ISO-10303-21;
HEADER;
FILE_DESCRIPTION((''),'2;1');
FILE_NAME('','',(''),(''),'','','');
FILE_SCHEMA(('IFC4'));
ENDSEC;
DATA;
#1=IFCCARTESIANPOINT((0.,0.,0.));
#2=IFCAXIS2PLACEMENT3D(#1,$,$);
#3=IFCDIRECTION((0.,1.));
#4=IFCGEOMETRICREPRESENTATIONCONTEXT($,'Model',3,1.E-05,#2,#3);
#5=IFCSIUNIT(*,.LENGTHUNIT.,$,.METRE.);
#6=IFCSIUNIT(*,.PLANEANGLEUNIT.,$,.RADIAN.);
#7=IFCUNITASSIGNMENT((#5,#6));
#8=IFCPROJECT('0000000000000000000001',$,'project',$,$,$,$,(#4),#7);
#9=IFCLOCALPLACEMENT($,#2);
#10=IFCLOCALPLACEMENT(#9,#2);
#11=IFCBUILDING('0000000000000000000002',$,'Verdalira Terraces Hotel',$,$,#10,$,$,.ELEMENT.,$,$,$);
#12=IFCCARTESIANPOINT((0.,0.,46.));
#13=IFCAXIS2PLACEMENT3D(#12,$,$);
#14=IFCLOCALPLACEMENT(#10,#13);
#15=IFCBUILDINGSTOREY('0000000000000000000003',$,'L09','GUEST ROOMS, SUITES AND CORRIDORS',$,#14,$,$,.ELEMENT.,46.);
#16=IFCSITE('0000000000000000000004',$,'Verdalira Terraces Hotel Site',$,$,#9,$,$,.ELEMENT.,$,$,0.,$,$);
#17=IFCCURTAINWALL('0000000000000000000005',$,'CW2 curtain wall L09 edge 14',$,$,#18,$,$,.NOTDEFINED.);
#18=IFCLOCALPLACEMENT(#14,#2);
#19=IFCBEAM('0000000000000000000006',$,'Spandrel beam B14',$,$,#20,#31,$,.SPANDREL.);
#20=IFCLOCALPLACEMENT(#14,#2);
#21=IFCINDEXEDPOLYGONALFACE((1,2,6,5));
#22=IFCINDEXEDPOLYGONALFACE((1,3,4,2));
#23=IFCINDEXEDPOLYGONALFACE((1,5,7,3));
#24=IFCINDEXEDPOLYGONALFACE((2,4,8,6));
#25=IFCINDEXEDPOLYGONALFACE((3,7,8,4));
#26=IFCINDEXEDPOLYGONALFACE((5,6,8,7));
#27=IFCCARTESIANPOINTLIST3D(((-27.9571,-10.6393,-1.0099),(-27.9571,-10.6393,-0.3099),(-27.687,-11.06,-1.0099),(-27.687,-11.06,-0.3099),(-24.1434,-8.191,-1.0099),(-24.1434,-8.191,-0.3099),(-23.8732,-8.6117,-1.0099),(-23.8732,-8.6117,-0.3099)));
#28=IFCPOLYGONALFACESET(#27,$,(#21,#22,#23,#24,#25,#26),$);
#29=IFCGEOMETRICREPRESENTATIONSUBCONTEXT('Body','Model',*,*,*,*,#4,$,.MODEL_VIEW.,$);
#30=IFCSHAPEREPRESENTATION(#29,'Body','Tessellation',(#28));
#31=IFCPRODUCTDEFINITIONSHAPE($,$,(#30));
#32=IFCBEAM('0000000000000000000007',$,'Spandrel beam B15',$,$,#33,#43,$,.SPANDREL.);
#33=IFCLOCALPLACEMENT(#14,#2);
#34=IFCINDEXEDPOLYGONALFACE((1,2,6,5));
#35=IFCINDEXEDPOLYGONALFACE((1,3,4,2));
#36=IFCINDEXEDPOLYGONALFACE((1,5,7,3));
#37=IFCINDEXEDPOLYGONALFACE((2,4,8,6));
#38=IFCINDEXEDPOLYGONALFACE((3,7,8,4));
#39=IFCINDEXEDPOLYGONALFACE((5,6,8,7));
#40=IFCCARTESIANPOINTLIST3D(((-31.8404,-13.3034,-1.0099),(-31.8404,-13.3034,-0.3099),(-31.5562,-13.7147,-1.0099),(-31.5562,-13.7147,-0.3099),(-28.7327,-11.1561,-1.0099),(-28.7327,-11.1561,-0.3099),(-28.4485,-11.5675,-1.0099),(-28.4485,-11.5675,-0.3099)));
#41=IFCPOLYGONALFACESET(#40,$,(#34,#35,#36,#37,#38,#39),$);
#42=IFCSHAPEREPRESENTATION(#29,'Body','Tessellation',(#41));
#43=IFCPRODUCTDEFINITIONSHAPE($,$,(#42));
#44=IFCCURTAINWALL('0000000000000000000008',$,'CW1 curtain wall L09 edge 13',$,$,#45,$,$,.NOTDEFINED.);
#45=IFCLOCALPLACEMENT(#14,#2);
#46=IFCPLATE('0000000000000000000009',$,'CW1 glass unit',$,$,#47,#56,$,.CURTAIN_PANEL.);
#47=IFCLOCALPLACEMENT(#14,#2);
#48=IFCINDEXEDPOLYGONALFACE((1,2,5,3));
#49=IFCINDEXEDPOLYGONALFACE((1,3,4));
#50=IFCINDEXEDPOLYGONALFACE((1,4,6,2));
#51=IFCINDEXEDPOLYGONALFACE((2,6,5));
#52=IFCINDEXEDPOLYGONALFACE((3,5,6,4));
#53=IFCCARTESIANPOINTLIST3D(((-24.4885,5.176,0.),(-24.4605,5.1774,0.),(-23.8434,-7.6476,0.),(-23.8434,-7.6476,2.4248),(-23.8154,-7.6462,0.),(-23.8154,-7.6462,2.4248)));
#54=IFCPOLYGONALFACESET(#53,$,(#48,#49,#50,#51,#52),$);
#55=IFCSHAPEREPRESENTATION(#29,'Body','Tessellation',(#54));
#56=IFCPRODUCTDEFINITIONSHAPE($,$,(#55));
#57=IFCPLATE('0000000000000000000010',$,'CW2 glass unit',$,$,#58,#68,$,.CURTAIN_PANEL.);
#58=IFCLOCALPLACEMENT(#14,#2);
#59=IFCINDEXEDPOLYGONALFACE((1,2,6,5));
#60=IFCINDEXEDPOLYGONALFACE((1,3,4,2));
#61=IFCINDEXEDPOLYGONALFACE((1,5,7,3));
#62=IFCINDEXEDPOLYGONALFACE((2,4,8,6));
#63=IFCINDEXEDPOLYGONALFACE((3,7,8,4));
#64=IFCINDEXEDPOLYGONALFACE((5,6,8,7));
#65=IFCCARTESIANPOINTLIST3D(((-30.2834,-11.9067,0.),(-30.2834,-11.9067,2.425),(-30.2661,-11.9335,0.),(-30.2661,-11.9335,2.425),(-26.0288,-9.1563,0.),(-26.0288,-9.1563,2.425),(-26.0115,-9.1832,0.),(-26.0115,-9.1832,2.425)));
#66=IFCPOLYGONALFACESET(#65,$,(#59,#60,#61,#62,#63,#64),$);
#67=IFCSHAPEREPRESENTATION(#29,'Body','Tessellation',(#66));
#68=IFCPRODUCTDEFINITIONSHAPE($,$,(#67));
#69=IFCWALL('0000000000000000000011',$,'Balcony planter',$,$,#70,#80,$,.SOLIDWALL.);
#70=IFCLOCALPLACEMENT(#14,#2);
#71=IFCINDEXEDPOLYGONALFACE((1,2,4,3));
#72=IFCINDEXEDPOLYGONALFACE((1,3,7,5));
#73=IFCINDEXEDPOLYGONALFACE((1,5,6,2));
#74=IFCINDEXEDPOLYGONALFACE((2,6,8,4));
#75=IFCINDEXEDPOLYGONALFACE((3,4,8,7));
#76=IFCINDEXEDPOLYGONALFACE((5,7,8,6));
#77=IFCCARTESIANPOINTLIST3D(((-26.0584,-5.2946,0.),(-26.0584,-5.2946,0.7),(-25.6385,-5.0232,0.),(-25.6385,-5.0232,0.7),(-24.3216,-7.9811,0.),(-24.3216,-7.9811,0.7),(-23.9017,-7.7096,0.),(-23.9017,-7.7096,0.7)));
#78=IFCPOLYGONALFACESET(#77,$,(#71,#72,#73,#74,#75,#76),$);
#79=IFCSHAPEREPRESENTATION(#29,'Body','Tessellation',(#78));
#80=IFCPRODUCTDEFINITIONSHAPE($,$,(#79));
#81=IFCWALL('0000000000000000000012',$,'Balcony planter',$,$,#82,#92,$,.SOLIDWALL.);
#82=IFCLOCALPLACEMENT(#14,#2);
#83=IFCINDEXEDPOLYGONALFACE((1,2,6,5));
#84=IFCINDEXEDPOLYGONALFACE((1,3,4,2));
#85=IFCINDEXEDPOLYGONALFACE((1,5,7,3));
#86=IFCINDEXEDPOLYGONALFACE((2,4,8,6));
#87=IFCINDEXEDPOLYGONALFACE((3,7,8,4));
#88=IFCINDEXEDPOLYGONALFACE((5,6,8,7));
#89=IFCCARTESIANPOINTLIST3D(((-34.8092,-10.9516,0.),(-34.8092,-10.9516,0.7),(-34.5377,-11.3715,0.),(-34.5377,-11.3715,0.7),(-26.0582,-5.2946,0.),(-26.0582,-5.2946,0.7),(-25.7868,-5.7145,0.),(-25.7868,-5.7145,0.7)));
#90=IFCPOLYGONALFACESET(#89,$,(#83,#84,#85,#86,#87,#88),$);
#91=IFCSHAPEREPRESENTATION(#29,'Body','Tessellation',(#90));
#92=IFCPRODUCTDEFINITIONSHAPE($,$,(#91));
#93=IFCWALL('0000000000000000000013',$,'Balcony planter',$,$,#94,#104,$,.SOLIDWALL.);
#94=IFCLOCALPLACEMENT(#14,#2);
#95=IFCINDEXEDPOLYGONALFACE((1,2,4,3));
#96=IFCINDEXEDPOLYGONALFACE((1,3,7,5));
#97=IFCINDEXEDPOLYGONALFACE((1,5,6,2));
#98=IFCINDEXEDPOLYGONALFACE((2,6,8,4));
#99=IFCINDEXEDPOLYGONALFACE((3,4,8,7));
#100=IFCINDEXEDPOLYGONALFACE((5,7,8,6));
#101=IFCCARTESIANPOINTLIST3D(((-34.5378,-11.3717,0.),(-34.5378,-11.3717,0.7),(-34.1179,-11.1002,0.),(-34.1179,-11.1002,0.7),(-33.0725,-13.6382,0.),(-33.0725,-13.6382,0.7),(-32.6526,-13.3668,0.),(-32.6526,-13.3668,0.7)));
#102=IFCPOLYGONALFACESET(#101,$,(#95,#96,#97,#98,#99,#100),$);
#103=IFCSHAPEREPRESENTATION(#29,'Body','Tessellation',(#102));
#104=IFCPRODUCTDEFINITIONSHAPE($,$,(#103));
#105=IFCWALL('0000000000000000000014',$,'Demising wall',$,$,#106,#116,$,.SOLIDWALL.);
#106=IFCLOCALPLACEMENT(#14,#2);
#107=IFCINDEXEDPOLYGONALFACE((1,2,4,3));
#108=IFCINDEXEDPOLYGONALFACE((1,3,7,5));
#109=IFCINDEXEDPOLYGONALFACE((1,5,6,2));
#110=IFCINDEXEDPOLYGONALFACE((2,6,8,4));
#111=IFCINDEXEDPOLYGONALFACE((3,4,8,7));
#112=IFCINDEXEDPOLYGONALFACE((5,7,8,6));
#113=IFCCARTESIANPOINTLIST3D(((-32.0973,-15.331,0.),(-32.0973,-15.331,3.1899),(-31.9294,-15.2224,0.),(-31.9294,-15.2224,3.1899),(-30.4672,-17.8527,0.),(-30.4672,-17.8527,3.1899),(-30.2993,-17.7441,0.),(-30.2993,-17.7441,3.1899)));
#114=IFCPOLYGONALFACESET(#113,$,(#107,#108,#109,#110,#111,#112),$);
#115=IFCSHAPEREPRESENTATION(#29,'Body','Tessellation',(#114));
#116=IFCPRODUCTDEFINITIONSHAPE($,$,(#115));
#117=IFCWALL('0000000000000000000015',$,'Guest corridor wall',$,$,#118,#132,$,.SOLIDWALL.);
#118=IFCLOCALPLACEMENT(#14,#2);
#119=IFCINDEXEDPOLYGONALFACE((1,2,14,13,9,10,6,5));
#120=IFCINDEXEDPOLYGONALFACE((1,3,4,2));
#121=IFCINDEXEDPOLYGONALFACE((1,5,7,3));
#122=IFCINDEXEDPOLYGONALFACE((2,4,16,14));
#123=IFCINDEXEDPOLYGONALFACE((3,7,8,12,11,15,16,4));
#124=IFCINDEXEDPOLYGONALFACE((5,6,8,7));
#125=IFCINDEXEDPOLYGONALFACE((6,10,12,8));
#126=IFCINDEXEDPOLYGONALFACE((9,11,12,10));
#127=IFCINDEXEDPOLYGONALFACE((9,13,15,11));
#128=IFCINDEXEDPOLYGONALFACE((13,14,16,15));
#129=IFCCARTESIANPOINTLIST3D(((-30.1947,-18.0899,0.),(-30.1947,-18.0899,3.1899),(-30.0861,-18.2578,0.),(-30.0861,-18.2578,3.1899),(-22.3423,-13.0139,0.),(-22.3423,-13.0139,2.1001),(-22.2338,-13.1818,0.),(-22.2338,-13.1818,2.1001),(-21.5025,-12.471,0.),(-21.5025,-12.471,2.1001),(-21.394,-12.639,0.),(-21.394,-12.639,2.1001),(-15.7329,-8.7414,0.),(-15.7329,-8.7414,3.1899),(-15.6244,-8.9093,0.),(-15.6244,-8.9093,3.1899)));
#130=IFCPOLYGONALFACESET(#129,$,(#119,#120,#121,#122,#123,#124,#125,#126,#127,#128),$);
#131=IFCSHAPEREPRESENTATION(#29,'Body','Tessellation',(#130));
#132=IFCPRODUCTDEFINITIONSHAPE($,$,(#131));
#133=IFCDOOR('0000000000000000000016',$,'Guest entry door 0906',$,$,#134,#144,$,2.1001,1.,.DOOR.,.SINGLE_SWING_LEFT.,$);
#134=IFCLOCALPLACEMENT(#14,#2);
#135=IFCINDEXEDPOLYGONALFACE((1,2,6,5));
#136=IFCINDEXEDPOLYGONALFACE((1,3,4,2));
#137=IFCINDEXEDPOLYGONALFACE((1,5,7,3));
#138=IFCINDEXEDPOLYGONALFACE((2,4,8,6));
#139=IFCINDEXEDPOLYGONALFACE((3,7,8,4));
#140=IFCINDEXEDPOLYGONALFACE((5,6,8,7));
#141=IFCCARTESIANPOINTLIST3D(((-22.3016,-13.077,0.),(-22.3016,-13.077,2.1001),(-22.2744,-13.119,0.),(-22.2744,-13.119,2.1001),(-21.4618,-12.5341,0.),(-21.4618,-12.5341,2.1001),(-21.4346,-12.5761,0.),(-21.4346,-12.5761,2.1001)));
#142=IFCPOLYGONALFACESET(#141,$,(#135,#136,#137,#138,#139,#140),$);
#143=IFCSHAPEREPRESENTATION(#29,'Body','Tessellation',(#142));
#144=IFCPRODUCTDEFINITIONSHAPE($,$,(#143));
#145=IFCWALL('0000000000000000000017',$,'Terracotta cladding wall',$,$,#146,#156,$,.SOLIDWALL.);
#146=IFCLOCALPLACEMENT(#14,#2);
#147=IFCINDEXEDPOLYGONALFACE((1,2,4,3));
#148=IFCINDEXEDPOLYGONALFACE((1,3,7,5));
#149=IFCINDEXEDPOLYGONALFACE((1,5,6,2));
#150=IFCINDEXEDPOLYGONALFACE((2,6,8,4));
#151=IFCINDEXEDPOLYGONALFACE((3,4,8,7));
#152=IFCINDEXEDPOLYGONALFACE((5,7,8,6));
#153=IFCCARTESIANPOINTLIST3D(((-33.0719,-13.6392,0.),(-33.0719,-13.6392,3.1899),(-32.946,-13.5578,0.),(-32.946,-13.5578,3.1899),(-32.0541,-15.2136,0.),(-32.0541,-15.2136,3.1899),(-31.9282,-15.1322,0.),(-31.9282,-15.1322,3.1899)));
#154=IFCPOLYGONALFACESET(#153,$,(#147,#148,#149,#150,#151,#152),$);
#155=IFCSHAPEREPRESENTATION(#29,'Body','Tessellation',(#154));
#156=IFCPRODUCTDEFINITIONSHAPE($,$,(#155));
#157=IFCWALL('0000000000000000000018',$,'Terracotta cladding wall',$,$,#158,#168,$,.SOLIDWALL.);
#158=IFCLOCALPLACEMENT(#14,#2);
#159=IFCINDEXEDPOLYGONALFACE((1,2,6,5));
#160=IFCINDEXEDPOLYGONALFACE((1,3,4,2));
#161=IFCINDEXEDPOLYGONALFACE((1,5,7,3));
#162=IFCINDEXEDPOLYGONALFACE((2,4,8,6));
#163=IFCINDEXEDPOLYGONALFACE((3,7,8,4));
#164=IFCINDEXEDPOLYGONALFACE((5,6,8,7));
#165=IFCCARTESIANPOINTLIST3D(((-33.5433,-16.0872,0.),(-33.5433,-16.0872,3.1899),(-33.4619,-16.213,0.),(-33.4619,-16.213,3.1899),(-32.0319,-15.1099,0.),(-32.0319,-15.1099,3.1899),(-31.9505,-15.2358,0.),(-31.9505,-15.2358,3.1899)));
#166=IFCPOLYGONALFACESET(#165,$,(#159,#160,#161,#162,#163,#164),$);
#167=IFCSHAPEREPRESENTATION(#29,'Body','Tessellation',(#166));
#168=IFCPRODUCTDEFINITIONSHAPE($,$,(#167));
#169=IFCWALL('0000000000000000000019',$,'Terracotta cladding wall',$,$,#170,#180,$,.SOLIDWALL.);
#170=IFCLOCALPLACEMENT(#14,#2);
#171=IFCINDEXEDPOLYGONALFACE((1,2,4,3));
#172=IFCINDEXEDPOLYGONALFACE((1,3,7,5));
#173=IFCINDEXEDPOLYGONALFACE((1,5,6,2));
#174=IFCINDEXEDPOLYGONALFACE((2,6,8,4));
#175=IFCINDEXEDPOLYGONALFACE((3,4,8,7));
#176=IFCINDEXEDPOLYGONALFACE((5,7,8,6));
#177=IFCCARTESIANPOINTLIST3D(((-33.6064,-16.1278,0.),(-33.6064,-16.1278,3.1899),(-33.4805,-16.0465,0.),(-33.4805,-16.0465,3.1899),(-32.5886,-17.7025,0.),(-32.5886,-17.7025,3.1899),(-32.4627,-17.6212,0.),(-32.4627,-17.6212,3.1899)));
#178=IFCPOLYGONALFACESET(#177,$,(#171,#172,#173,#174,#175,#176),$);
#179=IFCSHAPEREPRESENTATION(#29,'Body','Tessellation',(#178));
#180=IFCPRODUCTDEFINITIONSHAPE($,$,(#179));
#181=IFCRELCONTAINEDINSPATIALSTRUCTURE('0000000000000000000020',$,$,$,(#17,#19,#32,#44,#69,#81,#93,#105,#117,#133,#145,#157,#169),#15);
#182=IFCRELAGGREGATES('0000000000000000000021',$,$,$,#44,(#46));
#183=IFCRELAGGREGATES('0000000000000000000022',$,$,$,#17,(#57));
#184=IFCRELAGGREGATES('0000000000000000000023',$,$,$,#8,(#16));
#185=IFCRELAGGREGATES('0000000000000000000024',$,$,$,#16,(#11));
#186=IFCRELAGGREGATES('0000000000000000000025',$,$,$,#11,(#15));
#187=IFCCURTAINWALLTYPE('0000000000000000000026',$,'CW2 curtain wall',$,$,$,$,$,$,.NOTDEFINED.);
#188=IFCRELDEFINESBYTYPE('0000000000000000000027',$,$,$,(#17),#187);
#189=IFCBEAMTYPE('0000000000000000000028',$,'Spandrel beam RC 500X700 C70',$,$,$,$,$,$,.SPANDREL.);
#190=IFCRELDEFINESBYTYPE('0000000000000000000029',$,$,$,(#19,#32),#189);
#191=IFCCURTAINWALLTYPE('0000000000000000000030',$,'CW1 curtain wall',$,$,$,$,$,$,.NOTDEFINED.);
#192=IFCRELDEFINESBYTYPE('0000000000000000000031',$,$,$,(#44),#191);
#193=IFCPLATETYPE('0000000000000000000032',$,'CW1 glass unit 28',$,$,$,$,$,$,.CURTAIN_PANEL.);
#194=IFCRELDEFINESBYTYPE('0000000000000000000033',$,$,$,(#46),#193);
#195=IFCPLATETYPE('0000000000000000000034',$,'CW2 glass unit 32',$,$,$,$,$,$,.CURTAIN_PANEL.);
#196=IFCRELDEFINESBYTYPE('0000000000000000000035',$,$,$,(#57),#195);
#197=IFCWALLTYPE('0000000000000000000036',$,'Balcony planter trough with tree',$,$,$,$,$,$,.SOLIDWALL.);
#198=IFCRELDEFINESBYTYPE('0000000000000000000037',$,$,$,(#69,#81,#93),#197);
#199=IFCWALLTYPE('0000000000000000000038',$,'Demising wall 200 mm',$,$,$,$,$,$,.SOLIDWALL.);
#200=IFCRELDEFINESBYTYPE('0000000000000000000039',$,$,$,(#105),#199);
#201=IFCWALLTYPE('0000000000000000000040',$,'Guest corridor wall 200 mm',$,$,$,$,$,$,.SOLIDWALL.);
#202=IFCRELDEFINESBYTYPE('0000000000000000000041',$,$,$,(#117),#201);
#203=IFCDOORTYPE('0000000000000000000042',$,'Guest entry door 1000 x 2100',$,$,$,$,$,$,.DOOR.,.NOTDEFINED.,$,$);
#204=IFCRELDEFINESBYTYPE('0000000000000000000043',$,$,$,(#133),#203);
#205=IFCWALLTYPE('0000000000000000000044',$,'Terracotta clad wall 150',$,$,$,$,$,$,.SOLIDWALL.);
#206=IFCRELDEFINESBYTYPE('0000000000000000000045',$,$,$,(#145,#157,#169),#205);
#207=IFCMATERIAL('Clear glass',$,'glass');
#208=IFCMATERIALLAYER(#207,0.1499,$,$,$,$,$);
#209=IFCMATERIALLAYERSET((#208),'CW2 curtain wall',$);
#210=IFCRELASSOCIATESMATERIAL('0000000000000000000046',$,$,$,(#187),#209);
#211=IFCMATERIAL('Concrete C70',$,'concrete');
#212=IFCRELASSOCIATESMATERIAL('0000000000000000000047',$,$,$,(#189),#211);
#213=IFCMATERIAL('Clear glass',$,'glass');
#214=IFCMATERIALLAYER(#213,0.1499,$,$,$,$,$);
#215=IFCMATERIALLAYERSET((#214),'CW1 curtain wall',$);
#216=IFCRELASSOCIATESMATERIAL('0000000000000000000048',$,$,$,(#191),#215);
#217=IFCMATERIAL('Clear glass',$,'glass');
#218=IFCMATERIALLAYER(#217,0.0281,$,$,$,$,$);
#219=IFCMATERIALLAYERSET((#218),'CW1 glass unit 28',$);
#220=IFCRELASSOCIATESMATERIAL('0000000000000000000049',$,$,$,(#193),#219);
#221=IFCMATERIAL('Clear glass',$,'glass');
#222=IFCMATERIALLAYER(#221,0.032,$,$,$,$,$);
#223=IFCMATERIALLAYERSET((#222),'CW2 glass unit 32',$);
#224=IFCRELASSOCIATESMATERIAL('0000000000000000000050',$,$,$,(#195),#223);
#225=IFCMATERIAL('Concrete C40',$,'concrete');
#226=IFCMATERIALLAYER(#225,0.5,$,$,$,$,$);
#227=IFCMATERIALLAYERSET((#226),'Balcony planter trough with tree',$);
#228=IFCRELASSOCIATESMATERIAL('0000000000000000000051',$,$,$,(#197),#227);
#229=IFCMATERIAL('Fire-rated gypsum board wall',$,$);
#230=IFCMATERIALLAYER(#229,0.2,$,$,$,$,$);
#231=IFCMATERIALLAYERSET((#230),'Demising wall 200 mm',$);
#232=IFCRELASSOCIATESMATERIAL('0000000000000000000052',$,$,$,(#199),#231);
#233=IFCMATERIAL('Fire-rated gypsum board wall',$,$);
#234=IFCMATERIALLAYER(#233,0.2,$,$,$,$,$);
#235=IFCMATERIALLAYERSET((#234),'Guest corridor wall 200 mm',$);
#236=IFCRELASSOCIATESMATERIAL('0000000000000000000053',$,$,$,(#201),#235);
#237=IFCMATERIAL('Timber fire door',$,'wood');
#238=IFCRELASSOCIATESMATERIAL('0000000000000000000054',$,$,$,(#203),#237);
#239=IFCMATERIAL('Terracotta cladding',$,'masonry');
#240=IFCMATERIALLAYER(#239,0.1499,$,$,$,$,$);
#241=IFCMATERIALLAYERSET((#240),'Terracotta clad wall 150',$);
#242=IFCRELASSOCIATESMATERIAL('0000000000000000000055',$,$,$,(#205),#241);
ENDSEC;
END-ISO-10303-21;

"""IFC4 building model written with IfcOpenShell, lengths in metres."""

from ifc_helpers import new_model, si_unit, direction, frame, frame_2d, origin, origin_2d, place, context, subcontext, project, spatial, polyline, rectangle, outline, extrude, material, layer, layer_set, material_profile, profile_set, type_object, element, fill, aggregate, save


model = new_model("IFC4")

# Units and contexts
model_context = context("Model", 3, precision=1e-05, world=origin(), true_north=direction((0.0, 1.0)))
body_context = subcontext(model_context, "Body", "Model", "MODEL_VIEW")
ifc_project = project(units=[si_unit("LENGTHUNIT", "METRE"), si_unit("PLANEANGLEUNIT", "RADIAN")], contexts=[model_context])

# Site, building, storey
site_placement = place(None, origin())
site = spatial("IfcSite", under=ifc_project, at=site_placement, Name="Verdalira Terraces Hotel Site", CompositionType="ELEMENT", RefElevation=0.0)
building_placement = place(site_placement, origin())
building = spatial("IfcBuilding", under=site, at=building_placement, Name="Verdalira Terraces Hotel", CompositionType="ELEMENT")
storey_placement = place(building_placement, frame((0.0, 0.0, 46.0)))
storey = spatial("IfcBuildingStorey", under=building, at=storey_placement, Name="L09", Description="GUEST ROOMS, SUITES AND CORRIDORS", CompositionType="ELEMENT", Elevation=46.0)

# Curtain wall
ifc_material_1 = material(Name="Clear glass", Category="glass")
ifc_layer_1 = layer(ifc_material_1, 0.1499)
ifc_layer_set_1 = layer_set([ifc_layer_1], Name="CW2 curtain wall")
curtain_wall_type_1 = type_object("IfcCurtainWallType", Name="CW2 curtain wall", PredefinedType="NOTDEFINED", material=ifc_layer_set_1)
curtain_wall_1_placement = place(storey_placement, origin())
curtain_wall_1 = element("IfcCurtainWall", 1, at=curtain_wall_1_placement, inside=storey, type_object=curtain_wall_type_1, Name="CW2 curtain wall L09 edge 14", PredefinedType="NOTDEFINED")

# Beams
ifc_material_2 = material(Name="Concrete C70", Category="concrete")
ifc_material_profile_1 = material_profile(ifc_material_2, rectangle(XDim=0.5, YDim=0.7, at=origin_2d()), Name="RC 500X700")
ifc_profile_set_1 = profile_set([ifc_material_profile_1], Name="Concrete C70")
beam_type_1 = type_object("IfcBeamType", Name="Spandrel beam RC 500X700 C70", PredefinedType="SPANDREL", material=ifc_profile_set_1)
beam_1_placement = place(storey_placement, frame((-24.0083, -8.4014, -0.6599), z_axis=(-0.841523, -0.540221, 0.0), x_axis=(0.540221, -0.841523, 0.0)))
element("IfcBeam", 2, at=beam_1_placement, inside=storey, type_object=beam_type_1, Name="Spandrel beam B14", PredefinedType="SPANDREL", context=body_context, shape_type="SweptSolid", body=[
    extrude(rectangle(XDim=0.5, YDim=0.7, at=origin_2d()), origin(), (0.0, 0.0, 1.0), 4.532),
])
beam_2_placement = place(storey_placement, frame((-28.5906, -11.3618, -0.6599), z_axis=(-0.822718, -0.56845, 0.0), x_axis=(0.56845, -0.822718, 0.0)))
element("IfcBeam", 3, at=beam_2_placement, inside=storey, type_object=beam_type_1, Name="Spandrel beam B15", PredefinedType="SPANDREL", context=body_context, shape_type="SweptSolid", body=[
    extrude(rectangle(XDim=0.5, YDim=0.7, at=origin_2d()), origin(), (0.0, 0.0, 1.0), 3.7773),
])

# Curtain wall, plate
ifc_material_3 = material(Name="Clear glass", Category="glass")
ifc_layer_2 = layer(ifc_material_3, 0.1499)
ifc_layer_set_2 = layer_set([ifc_layer_2], Name="CW1 curtain wall")
curtain_wall_type_2 = type_object("IfcCurtainWallType", Name="CW1 curtain wall", PredefinedType="NOTDEFINED", material=ifc_layer_set_2)
curtain_wall_2_placement = place(storey_placement, origin())
curtain_wall_2 = element("IfcCurtainWall", 4, at=curtain_wall_2_placement, inside=storey, type_object=curtain_wall_type_2, Name="CW1 curtain wall L09 edge 13", PredefinedType="NOTDEFINED")
ifc_material_4 = material(Name="Clear glass", Category="glass")
ifc_layer_3 = layer(ifc_material_4, 0.0281)
ifc_layer_set_3 = layer_set([ifc_layer_3], Name="CW1 glass unit 28")
plate_type_1 = type_object("IfcPlateType", Name="CW1 glass unit 28", PredefinedType="CURTAIN_PANEL", material=ifc_layer_set_3)
plate_1_placement = place(storey_placement, frame((-24.1379, -1.2344, 1.2124), z_axis=(-0.998737, -0.050244, 0.0), x_axis=(0.050244, -0.998737, 0.0)))
plate_1 = element("IfcPlate", 5, at=plate_1_placement, type_object=plate_type_1, Name="CW1 glass unit", PredefinedType="CURTAIN_PANEL", context=body_context, shape_type="SweptSolid", body=[
    extrude(outline(polyline([(-6.4199, -1.2124), (6.4199, -1.2124), (6.4199, 1.2124), (-6.4199, -1.2124)])), origin(), (0.0, 0.0, 1.0), 0.0281),
])
aggregate(curtain_wall_2, [plate_1])

# Plate
ifc_material_5 = material(Name="Clear glass", Category="glass")
ifc_layer_4 = layer(ifc_material_5, 0.032)
ifc_layer_set_4 = layer_set([ifc_layer_4], Name="CW2 glass unit 32")
plate_type_2 = type_object("IfcPlateType", Name="CW2 glass unit 32", PredefinedType="CURTAIN_PANEL", material=ifc_layer_set_4)
plate_2_placement = place(storey_placement, frame((-28.1475, -10.5449, 0.0), z_axis=(0.0, 0.0, 1.0), x_axis=(-0.839809, -0.542881, 0.0)))
plate_2 = element("IfcPlate", 6, at=plate_2_placement, type_object=plate_type_2, Name="CW2 glass unit", PredefinedType="CURTAIN_PANEL", context=body_context, shape_type="SweptSolid", body=[
    extrude(rectangle(XDim=5.0662, YDim=0.032, at=origin_2d()), origin(), (0.0, 0.0, 1.0), 2.425),
])
aggregate(curtain_wall_1, [plate_2])

# Walls
ifc_material_6 = material(Name="Concrete C40", Category="concrete")
ifc_layer_5 = layer(ifc_material_6, 0.5)
ifc_layer_set_5 = layer_set([ifc_layer_5], Name="Balcony planter trough with tree")
wall_type_1 = type_object("IfcWallType", Name="Balcony planter trough with tree", PredefinedType="SOLIDWALL", material=ifc_layer_set_5)
wall_1_placement = place(storey_placement, frame((-24.1116, -7.8455, 0.0), z_axis=(0.0, 0.0, 1.0), x_axis=(-0.542916, 0.839787, 0.0)))
element("IfcWall", 7, at=wall_1_placement, inside=storey, type_object=wall_type_1, Name="Balcony planter", PredefinedType="SOLIDWALL", context=body_context, shape_type="SweptSolid", body=[
    extrude(rectangle(XDim=3.199, YDim=0.5, at=frame_2d((1.5996, 0.0))), origin(), (0.0, 0.0, 1.0), 0.7),
])
wall_2_placement = place(storey_placement, frame((-25.9226, -5.5046, 0.0), z_axis=(0.0, 0.0, 1.0), x_axis=(-0.839807, -0.542885, 0.0)))
element("IfcWall", 8, at=wall_2_placement, inside=storey, type_object=wall_type_1, Name="Balcony planter", PredefinedType="SOLIDWALL", context=body_context, shape_type="SweptSolid", body=[
    extrude(rectangle(XDim=10.4202, YDim=0.5, at=frame_2d((5.21, 0.0))), origin(), (0.0, 0.0, 1.0), 0.7),
])
wall_3_placement = place(storey_placement, frame((-34.3279, -11.2358, 0.0), z_axis=(0.0, 0.0, 1.0), x_axis=(0.542914, -0.839789, 0.0)))
element("IfcWall", 9, at=wall_3_placement, inside=storey, type_object=wall_type_1, Name="Balcony planter", PredefinedType="SOLIDWALL", context=body_context, shape_type="SweptSolid", body=[
    extrude(rectangle(XDim=2.699, YDim=0.5, at=frame_2d((1.3496, 0.0))), origin(), (0.0, 0.0, 1.0), 0.7),
])
ifc_material_7 = material(Name="Fire-rated gypsum board wall")
ifc_layer_6 = layer(ifc_material_7, 0.2)
ifc_layer_set_6 = layer_set([ifc_layer_6], Name="Demising wall 200 mm")
wall_type_2 = type_object("IfcWallType", Name="Demising wall 200 mm", PredefinedType="SOLIDWALL", material=ifc_layer_set_6)
wall_4_placement = place(storey_placement, frame((-32.0134, -15.2766, 0.0), z_axis=(0.0, 0.0, 1.0), x_axis=(0.54288, -0.83981, 0.0)))
element("IfcWall", 10, at=wall_4_placement, inside=storey, type_object=wall_type_2, Name="Demising wall", PredefinedType="SOLIDWALL", context=body_context, shape_type="SweptSolid", body=[
    extrude(rectangle(XDim=3.0027, YDim=0.2, at=frame_2d((1.5015, 0.0))), origin(), (0.0, 0.0, 1.0), 3.1899),
])

# Wall, opening, door
ifc_material_8 = material(Name="Fire-rated gypsum board wall")
ifc_layer_7 = layer(ifc_material_8, 0.2)
ifc_layer_set_7 = layer_set([ifc_layer_7], Name="Guest corridor wall 200 mm")
wall_type_3 = type_object("IfcWallType", Name="Guest corridor wall 200 mm", PredefinedType="SOLIDWALL", material=ifc_layer_set_7)
wall_5_placement = place(storey_placement, frame((-30.1404, -18.1738, 0.0), z_axis=(0.0, 0.0, 1.0), x_axis=(0.839813, 0.542876, 0.0)))
wall_5 = element("IfcWall", 11, at=wall_5_placement, inside=storey, type_object=wall_type_3, Name="Guest corridor wall", PredefinedType="SOLIDWALL", context=body_context, shape_type="SweptSolid", body=[
    extrude(rectangle(XDim=17.2202, YDim=0.2, at=frame_2d((8.6101, 0.0))), origin(), (0.0, 0.0, 1.0), 3.1899),
])
opening_1_placement = place(wall_5_placement, frame((9.3501, 0.0, 0.0)))
opening_1 = element("IfcOpeningElement", 12, at=opening_1_placement, cuts=wall_5, PredefinedType="OPENING", context=body_context, shape_type="SweptSolid", body=[
    extrude(rectangle(XDim=1.0, YDim=2.1001, at=frame_2d((0.5, 1.05))), frame((0.0, 0.1099, 0.0), z_axis=(0.0, -1.0, 0.0), x_axis=(1.0, 0.0, 0.0)), (0.0, 0.0, 1.0), 0.22),
])
ifc_material_9 = material(Name="Timber fire door", Category="wood")
door_type_1 = type_object("IfcDoorType", Name="Guest entry door 1000 x 2100", OperationType="NOTDEFINED", PredefinedType="DOOR", material=ifc_material_9)
door_1_placement = place(opening_1_placement, origin())
door_1 = element("IfcDoor", 13, at=door_1_placement, inside=storey, type_object=door_type_1, Name="Guest entry door 0906", OperationType="SINGLE_SWING_LEFT", OverallHeight=2.1001, OverallWidth=1.0, PredefinedType="DOOR", context=body_context, shape_type="SweptSolid", body=[
    extrude(rectangle(XDim=1.0, YDim=2.1001, at=frame_2d((0.5, 1.05))), frame((0.0, 0.0249, 0.0), z_axis=(0.0, -1.0, 0.0), x_axis=(1.0, 0.0, 0.0)), (0.0, 0.0, 1.0), 0.05),
])
fill(opening_1, door_1)

# Walls
ifc_material_10 = material(Name="Terracotta cladding", Category="masonry")
ifc_layer_8 = layer(ifc_material_10, 0.1499)
ifc_layer_set_8 = layer_set([ifc_layer_8], Name="Terracotta clad wall 150")
wall_type_4 = type_object("IfcWallType", Name="Terracotta clad wall 150", PredefinedType="SOLIDWALL", material=ifc_layer_set_8)
wall_6_placement = place(storey_placement, frame((-33.009, -13.5984, 0.0), z_axis=(0.0, 0.0, 1.0), x_axis=(0.542895, -0.839801, 0.0)))
element("IfcWall", 14, at=wall_6_placement, inside=storey, type_object=wall_type_4, Name="Terracotta cladding wall", PredefinedType="SOLIDWALL", context=body_context, shape_type="SweptSolid", body=[
    extrude(rectangle(XDim=1.8748, YDim=0.1499, at=frame_2d((0.9375, 0.0))), origin(), (0.0, 0.0, 1.0), 3.1899),
])
wall_7_placement = place(storey_placement, frame((-31.9912, -15.1729, 0.0), z_axis=(0.0, 0.0, 1.0), x_axis=(-0.839752, -0.54297, 0.0)))
element("IfcWall", 15, at=wall_7_placement, inside=storey, type_object=wall_type_4, Name="Terracotta cladding wall", PredefinedType="SOLIDWALL", context=body_context, shape_type="SweptSolid", body=[
    extrude(rectangle(XDim=1.7998, YDim=0.1499, at=frame_2d((0.8999, 0.0))), origin(), (0.0, 0.0, 1.0), 3.1899),
])
wall_8_placement = place(storey_placement, frame((-33.5435, -16.0872, 0.0), z_axis=(0.0, 0.0, 1.0), x_axis=(0.542836, -0.839839, 0.0)))
element("IfcWall", 16, at=wall_8_placement, inside=storey, type_object=wall_type_4, Name="Terracotta cladding wall", PredefinedType="SOLIDWALL", context=body_context, shape_type="SweptSolid", body=[
    extrude(rectangle(XDim=1.875, YDim=0.1499, at=frame_2d((0.9375, 0.0))), origin(), (0.0, 0.0, 1.0), 3.1899),
])

save(model, "model.ifc")
